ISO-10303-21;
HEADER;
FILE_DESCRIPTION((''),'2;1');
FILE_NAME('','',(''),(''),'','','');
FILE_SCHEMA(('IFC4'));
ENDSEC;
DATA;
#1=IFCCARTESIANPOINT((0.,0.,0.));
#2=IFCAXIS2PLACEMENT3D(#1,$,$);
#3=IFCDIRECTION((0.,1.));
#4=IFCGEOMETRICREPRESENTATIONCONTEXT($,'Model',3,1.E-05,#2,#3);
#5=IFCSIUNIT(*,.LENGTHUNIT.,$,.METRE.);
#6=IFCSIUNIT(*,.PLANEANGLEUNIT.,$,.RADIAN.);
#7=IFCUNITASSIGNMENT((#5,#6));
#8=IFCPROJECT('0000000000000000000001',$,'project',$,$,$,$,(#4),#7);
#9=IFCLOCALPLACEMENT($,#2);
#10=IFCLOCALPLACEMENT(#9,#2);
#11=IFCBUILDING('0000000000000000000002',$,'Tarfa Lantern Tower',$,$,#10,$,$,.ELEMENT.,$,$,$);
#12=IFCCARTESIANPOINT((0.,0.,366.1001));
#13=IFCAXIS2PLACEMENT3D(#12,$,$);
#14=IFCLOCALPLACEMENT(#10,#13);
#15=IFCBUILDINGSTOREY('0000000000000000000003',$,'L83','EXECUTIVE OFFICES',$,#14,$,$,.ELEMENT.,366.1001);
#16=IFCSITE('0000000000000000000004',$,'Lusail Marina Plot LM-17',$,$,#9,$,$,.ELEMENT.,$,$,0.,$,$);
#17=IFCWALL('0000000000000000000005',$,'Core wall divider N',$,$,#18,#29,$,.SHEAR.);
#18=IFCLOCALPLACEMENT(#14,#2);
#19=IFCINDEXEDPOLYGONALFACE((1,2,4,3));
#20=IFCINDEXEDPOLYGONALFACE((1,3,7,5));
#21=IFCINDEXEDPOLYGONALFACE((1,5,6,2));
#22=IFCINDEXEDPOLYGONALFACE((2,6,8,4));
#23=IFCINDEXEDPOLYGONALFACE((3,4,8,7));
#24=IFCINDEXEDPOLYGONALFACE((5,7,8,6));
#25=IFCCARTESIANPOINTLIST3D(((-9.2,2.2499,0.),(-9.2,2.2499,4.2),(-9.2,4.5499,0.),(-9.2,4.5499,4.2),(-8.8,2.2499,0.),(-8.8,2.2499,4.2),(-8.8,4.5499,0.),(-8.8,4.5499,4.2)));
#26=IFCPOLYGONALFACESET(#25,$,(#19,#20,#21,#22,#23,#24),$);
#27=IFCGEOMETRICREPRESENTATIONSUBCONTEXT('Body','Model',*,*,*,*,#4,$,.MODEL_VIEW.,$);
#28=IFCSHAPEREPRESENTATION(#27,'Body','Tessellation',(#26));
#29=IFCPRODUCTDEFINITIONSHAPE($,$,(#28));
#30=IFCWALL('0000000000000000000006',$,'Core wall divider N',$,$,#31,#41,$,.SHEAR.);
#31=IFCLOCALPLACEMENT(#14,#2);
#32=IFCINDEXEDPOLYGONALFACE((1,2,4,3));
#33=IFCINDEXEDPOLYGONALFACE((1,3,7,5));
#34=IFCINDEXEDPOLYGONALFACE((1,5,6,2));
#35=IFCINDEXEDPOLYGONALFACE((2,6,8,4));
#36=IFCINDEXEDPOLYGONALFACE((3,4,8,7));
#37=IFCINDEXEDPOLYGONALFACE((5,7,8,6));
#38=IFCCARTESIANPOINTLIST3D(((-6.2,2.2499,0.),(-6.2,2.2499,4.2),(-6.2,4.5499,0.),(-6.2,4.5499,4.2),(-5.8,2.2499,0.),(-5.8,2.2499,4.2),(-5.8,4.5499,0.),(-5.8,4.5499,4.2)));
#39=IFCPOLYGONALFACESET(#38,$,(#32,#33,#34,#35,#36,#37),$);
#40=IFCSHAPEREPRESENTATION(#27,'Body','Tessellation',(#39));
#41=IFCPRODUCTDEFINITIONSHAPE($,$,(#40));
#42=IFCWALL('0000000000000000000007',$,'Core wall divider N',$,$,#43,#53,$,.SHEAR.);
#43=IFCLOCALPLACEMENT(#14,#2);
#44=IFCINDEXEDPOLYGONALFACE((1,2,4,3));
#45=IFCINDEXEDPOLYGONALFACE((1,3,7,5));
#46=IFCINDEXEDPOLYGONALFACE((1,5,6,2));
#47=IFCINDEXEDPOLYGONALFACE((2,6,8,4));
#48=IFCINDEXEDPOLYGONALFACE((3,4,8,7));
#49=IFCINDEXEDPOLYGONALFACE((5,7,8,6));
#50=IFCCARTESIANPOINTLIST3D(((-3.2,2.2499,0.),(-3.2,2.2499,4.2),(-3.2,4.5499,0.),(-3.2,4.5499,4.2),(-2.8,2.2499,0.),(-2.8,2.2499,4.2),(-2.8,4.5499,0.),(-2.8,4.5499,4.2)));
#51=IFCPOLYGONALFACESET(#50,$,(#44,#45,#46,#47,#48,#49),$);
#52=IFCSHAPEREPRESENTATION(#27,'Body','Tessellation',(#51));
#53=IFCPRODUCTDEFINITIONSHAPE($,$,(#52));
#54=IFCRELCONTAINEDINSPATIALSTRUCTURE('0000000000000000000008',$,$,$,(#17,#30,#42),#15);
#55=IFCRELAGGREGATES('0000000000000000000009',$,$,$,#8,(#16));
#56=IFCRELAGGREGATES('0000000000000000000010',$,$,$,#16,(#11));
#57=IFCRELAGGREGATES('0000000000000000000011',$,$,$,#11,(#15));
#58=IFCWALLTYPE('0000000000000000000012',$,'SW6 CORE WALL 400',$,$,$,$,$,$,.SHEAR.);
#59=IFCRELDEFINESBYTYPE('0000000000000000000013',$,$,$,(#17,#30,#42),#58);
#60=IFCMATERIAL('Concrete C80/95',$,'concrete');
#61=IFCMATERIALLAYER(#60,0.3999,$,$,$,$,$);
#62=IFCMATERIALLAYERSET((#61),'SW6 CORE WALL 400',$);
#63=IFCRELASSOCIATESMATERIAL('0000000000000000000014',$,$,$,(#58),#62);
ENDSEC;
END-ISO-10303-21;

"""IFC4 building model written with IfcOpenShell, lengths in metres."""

from ifc_helpers import new_model, si_unit, direction, frame, frame_2d, origin, place, context, subcontext, project, spatial, rectangle, extrude, material, layer, layer_set, type_object, element, save


model = new_model("IFC4")

# Units and contexts
model_context = context("Model", 3, precision=1e-05, world=origin(), true_north=direction((0.0, 1.0)))
body_context = subcontext(model_context, "Body", "Model", "MODEL_VIEW")
ifc_project = project(units=[si_unit("LENGTHUNIT", "METRE"), si_unit("PLANEANGLEUNIT", "RADIAN")], contexts=[model_context])

# Site, building, storey
site_placement = place(None, origin())
site = spatial("IfcSite", under=ifc_project, at=site_placement, Name="Lusail Marina Plot LM-17", CompositionType="ELEMENT", RefElevation=0.0)
building_placement = place(site_placement, origin())
building = spatial("IfcBuilding", under=site, at=building_placement, Name="Tarfa Lantern Tower", CompositionType="ELEMENT")
storey_placement = place(building_placement, frame((0.0, 0.0, 366.1001)))
storey = spatial("IfcBuildingStorey", under=building, at=storey_placement, Name="L83", Description="EXECUTIVE OFFICES", CompositionType="ELEMENT", Elevation=366.1001)

# Shared definitions
ifc_material_1 = material(Name="Concrete C80/95", Category="concrete")

# Walls
ifc_layer_1 = layer(ifc_material_1, 0.3999)
ifc_layer_set_1 = layer_set([ifc_layer_1], Name="SW6 CORE WALL 400")
wall_type_1 = type_object("IfcWallType", Name="SW6 CORE WALL 400", PredefinedType="SHEAR", material=ifc_layer_set_1)
for number, where, z_axis, x_axis, name in (
    (1, (-9.0, 2.25, 0.0), (0.0, 0.0, 1.0), (0.0, 1.0, 0.0), "Core wall divider N"),
    (2, (-6.0, 2.25, 0.0), (0.0, 0.0, 1.0), (0.0, 1.0, 0.0), "Core wall divider N"),
    (3, (-3.0, 2.25, 0.0), (0.0, 0.0, 1.0), (0.0, 1.0, 0.0), "Core wall divider N"),
):
    element("IfcWall", number, at=place(storey_placement, frame(where, z_axis=z_axis, x_axis=x_axis)), inside=storey, type_object=wall_type_1, Name=name, PredefinedType="SHEAR", context=body_context, shape_type="SweptSolid", body=[
        extrude(rectangle(XDim=2.3, YDim=0.3999, at=frame_2d((1.1499, 0.0))), origin(), (0.0, 0.0, 1.0), 4.2),
    ])

save(model, "model.ifc")
